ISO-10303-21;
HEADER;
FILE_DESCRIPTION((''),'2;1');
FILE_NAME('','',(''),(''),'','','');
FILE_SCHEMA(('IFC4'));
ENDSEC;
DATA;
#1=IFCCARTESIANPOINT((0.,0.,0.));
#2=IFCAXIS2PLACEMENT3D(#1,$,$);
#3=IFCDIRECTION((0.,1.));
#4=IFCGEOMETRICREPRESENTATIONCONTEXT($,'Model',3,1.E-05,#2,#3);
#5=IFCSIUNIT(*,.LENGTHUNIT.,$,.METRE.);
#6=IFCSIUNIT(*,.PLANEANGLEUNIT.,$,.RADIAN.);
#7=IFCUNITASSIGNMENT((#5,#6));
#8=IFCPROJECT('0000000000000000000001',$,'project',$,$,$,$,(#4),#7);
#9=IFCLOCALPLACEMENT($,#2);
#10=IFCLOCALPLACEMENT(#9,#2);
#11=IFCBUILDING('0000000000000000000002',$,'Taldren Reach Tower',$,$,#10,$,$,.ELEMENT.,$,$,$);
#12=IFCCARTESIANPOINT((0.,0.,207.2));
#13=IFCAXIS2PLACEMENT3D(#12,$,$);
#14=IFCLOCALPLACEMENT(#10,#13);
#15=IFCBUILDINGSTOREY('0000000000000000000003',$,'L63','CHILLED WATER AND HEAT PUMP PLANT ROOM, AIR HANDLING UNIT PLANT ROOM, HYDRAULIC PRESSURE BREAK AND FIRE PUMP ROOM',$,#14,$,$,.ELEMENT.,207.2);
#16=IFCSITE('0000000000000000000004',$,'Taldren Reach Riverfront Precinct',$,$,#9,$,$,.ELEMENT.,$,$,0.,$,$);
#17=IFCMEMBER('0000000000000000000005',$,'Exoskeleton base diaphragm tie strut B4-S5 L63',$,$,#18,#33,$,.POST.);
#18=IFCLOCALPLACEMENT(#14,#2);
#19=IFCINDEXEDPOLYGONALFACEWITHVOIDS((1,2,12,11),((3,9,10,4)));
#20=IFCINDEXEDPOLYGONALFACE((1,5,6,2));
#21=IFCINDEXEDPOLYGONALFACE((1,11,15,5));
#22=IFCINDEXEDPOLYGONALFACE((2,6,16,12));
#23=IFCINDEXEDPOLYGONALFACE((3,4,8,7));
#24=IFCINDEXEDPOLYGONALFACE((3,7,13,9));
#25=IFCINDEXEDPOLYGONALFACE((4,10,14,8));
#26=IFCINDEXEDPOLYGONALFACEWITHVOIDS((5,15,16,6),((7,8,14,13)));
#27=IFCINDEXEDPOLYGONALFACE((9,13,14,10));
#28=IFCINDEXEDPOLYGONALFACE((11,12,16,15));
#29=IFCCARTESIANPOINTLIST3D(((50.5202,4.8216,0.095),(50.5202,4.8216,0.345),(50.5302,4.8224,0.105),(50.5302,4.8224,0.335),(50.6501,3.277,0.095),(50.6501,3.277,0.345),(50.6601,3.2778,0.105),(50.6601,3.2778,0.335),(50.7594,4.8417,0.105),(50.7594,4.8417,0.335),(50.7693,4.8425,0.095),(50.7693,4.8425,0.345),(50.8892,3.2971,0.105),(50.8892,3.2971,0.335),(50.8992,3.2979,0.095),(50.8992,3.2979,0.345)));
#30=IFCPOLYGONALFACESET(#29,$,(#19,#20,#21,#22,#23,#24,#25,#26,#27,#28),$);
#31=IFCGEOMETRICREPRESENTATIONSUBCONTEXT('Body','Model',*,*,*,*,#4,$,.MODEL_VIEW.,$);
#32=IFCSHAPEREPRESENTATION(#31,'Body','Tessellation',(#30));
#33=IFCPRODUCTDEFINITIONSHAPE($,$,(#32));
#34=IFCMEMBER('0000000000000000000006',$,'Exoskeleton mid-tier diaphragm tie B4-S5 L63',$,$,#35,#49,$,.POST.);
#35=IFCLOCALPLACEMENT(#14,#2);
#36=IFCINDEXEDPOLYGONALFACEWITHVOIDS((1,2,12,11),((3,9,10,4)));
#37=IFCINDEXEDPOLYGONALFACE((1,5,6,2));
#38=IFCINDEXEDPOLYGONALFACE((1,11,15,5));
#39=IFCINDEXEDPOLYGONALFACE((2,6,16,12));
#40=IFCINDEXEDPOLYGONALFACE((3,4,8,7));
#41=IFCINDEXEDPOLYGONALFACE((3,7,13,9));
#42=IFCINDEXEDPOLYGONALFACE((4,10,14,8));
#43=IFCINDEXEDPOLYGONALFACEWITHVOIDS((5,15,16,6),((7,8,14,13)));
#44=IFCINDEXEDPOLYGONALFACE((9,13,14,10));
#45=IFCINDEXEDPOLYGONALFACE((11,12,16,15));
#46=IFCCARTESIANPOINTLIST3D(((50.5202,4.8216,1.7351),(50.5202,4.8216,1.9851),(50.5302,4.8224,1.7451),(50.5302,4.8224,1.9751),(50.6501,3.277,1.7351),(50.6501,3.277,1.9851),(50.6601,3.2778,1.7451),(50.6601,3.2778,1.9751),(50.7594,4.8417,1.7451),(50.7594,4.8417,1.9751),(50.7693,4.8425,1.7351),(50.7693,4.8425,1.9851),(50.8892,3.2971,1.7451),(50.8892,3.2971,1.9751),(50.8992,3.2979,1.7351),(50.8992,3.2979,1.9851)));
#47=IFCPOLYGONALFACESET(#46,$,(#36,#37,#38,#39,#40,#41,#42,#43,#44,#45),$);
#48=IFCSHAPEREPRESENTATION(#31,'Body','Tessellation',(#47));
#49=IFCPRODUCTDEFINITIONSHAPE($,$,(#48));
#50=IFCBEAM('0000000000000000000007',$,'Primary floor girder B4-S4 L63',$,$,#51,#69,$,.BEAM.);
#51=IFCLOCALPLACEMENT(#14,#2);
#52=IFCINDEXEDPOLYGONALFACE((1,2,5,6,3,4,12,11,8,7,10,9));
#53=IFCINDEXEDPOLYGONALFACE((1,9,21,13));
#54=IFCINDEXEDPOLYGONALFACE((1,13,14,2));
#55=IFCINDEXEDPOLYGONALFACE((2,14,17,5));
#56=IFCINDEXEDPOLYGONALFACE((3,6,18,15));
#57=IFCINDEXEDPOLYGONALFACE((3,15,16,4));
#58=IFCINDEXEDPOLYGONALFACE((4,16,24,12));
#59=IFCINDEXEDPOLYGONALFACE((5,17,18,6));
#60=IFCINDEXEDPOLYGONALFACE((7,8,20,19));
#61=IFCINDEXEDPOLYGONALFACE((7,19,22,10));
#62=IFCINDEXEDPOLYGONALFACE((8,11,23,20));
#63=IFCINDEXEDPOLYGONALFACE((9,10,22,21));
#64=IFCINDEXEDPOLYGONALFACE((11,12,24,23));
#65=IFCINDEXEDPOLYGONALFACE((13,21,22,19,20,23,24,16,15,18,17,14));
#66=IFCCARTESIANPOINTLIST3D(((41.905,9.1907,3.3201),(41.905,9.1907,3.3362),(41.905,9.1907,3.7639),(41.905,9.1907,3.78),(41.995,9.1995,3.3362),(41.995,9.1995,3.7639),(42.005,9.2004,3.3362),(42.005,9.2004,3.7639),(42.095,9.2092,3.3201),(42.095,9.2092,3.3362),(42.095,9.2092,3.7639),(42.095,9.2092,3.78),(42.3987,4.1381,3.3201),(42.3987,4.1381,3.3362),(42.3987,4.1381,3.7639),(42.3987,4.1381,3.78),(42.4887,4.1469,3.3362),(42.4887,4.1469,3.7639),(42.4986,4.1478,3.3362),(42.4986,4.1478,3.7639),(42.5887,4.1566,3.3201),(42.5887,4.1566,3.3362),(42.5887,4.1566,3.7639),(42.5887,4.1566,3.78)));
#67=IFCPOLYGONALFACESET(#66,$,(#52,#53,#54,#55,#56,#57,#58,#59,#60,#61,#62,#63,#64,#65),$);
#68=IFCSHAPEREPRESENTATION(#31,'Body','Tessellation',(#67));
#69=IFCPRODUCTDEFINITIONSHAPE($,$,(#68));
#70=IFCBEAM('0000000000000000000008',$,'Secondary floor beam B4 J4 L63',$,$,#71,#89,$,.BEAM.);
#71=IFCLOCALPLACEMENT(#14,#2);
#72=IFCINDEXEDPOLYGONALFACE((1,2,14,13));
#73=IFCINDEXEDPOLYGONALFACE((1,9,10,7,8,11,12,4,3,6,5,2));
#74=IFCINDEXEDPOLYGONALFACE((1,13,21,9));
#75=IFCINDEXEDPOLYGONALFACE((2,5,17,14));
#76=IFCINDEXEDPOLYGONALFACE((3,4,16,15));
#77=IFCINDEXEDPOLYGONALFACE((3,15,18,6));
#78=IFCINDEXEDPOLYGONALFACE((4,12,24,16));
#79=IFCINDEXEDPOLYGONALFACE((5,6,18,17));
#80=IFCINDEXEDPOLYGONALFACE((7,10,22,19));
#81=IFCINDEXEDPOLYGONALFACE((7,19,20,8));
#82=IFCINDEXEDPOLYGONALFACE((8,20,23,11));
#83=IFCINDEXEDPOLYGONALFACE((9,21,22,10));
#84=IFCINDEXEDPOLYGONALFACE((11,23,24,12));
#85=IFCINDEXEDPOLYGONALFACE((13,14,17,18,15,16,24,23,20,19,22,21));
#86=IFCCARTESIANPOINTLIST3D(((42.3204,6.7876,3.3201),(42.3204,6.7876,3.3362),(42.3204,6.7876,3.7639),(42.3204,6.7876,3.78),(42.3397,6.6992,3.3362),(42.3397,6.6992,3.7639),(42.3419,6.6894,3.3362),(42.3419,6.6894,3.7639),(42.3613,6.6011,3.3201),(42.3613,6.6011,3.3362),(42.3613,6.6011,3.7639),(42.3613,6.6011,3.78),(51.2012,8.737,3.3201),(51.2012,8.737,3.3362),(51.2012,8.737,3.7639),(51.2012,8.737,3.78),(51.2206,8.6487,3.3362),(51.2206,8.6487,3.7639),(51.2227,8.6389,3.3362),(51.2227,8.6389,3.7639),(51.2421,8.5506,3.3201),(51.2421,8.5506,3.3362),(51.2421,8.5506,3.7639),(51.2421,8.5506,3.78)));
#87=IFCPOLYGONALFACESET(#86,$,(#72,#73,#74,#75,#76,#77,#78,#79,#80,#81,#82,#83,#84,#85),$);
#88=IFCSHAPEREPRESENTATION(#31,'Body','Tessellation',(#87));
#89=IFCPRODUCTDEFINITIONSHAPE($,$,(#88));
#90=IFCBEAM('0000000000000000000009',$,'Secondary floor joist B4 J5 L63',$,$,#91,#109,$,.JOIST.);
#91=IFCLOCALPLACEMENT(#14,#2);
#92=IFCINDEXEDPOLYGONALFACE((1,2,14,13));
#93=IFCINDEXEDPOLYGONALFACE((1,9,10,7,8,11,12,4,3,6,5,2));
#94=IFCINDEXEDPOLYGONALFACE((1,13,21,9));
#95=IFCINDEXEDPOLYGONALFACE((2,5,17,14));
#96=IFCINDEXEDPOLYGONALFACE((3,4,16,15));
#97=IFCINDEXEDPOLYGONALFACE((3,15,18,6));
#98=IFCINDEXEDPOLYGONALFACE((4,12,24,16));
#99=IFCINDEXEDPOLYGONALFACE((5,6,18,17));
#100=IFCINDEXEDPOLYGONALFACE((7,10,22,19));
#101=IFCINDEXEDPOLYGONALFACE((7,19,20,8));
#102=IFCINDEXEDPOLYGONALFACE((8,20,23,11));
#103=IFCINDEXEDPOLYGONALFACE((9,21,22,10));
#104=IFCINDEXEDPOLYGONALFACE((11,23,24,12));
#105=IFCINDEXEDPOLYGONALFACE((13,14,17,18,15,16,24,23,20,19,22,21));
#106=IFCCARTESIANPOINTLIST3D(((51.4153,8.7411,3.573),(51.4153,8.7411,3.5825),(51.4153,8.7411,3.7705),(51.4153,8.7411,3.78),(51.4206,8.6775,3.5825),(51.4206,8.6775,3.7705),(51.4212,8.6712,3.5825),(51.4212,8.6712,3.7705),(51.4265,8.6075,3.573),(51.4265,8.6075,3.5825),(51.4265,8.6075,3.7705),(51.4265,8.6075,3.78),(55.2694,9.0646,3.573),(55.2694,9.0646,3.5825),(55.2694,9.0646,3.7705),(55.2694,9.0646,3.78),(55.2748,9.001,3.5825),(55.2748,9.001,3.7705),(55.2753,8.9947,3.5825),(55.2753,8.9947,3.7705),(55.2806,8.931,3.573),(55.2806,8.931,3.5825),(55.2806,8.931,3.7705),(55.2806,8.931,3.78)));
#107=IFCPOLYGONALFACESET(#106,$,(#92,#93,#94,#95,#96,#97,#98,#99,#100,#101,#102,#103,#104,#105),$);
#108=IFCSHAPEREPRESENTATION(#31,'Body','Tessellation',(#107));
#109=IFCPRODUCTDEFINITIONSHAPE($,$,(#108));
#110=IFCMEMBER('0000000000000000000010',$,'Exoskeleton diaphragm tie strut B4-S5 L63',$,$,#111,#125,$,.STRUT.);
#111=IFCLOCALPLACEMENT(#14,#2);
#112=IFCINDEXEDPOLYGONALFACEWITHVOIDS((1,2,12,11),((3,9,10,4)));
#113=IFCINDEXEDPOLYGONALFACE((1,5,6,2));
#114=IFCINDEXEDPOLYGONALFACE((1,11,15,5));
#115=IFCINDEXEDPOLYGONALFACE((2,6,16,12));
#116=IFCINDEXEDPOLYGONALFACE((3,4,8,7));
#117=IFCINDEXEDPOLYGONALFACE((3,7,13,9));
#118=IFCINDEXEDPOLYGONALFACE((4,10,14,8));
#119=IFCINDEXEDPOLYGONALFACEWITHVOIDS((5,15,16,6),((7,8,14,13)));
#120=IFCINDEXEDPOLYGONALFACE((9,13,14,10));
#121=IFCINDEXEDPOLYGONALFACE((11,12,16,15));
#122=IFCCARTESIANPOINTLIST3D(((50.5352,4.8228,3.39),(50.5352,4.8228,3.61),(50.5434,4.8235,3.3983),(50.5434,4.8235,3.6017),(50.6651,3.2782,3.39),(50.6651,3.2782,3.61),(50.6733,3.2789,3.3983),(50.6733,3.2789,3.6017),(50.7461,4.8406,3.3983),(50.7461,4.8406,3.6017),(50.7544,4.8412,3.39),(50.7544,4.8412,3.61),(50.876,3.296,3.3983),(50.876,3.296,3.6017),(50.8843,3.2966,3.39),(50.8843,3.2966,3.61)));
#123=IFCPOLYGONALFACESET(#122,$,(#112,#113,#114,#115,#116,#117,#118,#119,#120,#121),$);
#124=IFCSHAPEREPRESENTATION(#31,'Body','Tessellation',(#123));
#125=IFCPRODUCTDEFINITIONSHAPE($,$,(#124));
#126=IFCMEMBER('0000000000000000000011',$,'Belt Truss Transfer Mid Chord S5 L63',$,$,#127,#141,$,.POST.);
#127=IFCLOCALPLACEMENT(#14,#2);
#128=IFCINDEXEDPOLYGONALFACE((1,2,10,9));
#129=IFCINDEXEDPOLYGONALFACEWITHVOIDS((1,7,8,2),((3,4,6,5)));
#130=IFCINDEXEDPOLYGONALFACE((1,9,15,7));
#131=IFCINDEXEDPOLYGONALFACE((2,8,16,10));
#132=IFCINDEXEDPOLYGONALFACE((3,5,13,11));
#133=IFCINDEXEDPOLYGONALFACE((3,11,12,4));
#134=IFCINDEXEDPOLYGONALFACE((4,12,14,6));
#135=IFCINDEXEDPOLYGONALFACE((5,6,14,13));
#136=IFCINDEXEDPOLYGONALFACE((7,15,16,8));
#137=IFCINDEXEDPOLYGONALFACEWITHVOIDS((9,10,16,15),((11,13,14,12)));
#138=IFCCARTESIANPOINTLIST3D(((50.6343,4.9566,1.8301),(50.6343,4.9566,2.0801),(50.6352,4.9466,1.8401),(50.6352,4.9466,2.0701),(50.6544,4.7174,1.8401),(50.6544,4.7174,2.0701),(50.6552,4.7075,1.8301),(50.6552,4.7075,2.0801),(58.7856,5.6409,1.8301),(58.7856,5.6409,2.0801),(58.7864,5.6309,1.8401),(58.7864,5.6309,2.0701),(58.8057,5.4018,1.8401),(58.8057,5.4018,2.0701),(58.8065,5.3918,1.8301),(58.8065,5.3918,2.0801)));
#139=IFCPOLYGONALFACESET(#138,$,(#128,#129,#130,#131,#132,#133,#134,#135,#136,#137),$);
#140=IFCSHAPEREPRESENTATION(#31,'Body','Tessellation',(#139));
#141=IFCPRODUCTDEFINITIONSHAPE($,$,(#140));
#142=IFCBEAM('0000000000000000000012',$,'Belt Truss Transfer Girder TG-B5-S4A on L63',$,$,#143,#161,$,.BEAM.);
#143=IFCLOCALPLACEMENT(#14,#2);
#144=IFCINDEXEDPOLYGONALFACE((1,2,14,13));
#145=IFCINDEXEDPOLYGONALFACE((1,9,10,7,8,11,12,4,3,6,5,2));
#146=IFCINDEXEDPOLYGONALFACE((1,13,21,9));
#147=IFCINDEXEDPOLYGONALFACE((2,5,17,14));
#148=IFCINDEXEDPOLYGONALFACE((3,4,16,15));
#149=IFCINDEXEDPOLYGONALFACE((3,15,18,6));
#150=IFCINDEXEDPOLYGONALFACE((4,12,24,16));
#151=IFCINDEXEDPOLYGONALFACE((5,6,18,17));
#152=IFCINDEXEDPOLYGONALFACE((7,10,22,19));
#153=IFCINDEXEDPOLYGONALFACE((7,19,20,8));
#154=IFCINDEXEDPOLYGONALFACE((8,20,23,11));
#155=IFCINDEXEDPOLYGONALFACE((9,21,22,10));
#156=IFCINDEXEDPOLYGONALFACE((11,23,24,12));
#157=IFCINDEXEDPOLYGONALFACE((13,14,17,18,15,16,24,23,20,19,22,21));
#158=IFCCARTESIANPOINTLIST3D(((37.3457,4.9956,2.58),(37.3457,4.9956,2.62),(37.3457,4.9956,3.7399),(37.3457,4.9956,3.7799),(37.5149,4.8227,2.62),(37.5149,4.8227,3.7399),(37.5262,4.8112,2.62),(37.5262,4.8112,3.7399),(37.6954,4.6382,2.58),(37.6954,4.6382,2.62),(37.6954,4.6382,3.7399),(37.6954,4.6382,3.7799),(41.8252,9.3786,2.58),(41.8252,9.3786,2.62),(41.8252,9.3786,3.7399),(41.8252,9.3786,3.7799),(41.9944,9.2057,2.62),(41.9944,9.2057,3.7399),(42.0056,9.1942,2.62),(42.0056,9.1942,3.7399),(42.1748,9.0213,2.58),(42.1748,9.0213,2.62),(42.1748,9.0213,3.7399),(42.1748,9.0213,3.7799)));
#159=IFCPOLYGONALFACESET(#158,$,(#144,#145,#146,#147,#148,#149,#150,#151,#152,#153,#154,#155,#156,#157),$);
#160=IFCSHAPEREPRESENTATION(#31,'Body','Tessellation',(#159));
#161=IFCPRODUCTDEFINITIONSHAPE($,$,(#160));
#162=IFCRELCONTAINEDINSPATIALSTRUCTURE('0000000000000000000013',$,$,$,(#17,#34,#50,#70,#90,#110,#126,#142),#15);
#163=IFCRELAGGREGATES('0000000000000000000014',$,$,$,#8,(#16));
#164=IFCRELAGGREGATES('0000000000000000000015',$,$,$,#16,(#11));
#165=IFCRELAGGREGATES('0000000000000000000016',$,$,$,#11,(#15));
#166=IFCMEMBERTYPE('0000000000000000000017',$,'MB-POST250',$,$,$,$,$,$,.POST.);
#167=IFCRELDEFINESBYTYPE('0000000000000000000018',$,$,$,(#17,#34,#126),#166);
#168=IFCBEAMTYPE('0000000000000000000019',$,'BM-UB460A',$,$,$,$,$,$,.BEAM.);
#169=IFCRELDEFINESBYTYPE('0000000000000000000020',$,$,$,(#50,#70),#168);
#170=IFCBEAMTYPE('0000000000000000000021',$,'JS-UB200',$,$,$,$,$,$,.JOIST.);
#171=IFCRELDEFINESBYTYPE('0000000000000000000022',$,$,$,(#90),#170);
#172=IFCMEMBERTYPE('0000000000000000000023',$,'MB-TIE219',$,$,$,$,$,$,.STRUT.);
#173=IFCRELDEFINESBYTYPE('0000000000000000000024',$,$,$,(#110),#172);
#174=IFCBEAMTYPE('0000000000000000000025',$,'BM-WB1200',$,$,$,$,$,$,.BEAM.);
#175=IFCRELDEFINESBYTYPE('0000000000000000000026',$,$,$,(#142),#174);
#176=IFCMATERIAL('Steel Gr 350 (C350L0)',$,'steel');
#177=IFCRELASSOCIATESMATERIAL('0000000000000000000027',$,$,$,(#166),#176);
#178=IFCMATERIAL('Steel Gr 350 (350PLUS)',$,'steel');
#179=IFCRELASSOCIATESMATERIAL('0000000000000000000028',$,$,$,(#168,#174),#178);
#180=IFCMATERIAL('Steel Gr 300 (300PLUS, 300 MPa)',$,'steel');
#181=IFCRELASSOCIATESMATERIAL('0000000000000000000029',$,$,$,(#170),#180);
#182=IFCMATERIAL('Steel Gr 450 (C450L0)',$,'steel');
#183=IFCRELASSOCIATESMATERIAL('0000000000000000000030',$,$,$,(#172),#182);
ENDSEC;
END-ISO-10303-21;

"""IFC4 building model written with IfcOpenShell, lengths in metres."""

from ifc_helpers import new_model, si_unit, direction, frame, origin, origin_2d, place, context, subcontext, project, spatial, hollow_rectangle, i_section, extrude, source, transform, mapped, material, material_profile, profile_set, type_object, element, save


model = new_model("IFC4")

# Units and contexts
model_context = context("Model", 3, precision=1e-05, world=origin(), true_north=direction((0.0, 1.0)))
body_context = subcontext(model_context, "Body", "Model", "MODEL_VIEW")
ifc_project = project(units=[si_unit("LENGTHUNIT", "METRE"), si_unit("PLANEANGLEUNIT", "RADIAN")], contexts=[model_context])

# Site, building, storey
site_placement = place(None, origin())
site = spatial("IfcSite", under=ifc_project, at=site_placement, Name="Taldren Reach Riverfront Precinct", CompositionType="ELEMENT", RefElevation=0.0)
building_placement = place(site_placement, origin())
building = spatial("IfcBuilding", under=site, at=building_placement, Name="Taldren Reach Tower", CompositionType="ELEMENT")
storey_placement = place(building_placement, frame((0.0, 0.0, 207.2)))
storey = spatial("IfcBuildingStorey", under=building, at=storey_placement, Name="L63", Description="CHILLED WATER AND HEAT PUMP PLANT ROOM, AIR HANDLING UNIT PLANT ROOM, HYDRAULIC PRESSURE BREAK AND FIRE PUMP ROOM", CompositionType="ELEMENT", Elevation=207.2)

# Shared definitions
ifc_material_1 = material(Name="Steel Gr 350 (350PLUS)", Category="steel")

# Members
ifc_material_2 = material(Name="Steel Gr 350 (C350L0)", Category="steel")
ifc_material_profile_1 = material_profile(ifc_material_2, hollow_rectangle(XDim=0.25, YDim=0.25, WallThickness=0.01, at=origin_2d()), Name="250x250x10.0SHS")
ifc_profile_set_1 = profile_set([ifc_material_profile_1], Name="Steel Gr 350 (C350L0)")
member_type_1 = type_object("IfcMemberType", Name="MB-POST250", PredefinedType="POST", material=ifc_profile_set_1)
ifc_material_3 = material(Name="Steel Gr 450 (C450L0)", Category="steel")
shared_shape_1 = source(origin(), body_context, "Body", "SweptSolid", [
    extrude(hollow_rectangle(XDim=0.25, YDim=0.25, WallThickness=0.01, at=origin_2d()), origin(), (0.0, 0.0, 1.0), 1.55),
])
for number, where, z_axis, x_axis, name in (
    (1, (50.6448, 4.832, 0.22), (0.083788, -0.996484, 0.0), (0.996484, 0.083788, 0.0), "Exoskeleton base diaphragm tie strut B4-S5 L63"),
    (2, (50.6448, 4.832, 1.8601), (0.083788, -0.996484, 0.0), (0.996484, 0.083788, 0.0), "Exoskeleton mid-tier diaphragm tie B4-S5 L63"),
):
    element("IfcMember", number, at=place(storey_placement, frame(where, z_axis=z_axis, x_axis=x_axis)), inside=storey, type_object=member_type_1, Name=name, PredefinedType="POST", context=body_context, shape_type="MappedRepresentation", body=[
        mapped(shared_shape_1, transform((0.0, 0.0, 0.0), scale=1.0)),
    ])

# Beams
ifc_material_profile_2 = material_profile(ifc_material_1, i_section(OverallWidth=0.1909, OverallDepth=0.46, WebThickness=0.01, FlangeThickness=0.0161, at=origin_2d()), Name="460UB82.1")
ifc_profile_set_2 = profile_set([ifc_material_profile_2], Name="Steel Gr 350 (350PLUS)")
beam_type_1 = type_object("IfcBeamType", Name="BM-UB460A", PredefinedType="BEAM", material=ifc_profile_set_2)
shared_shape_2 = source(origin(), body_context, "Body", "SweptSolid", [
    extrude(i_section(OverallWidth=0.1909, OverallDepth=0.46, WebThickness=0.01, FlangeThickness=0.0161, at=origin_2d()), origin(), (0.0, 0.0, 1.0), 5.0767),
])
beam_1_placement = place(storey_placement, frame((42.0, 9.2, 3.55), z_axis=(0.097242, -0.995261, 0.0), x_axis=(0.995261, 0.097242, 0.0)))
element("IfcBeam", 3, at=beam_1_placement, inside=storey, type_object=beam_type_1, Name="Primary floor girder B4-S4 L63", PredefinedType="BEAM", context=body_context, shape_type="MappedRepresentation", body=[
    mapped(shared_shape_2, transform((0.0, 0.0, 0.0), scale=1.0)),
])
shared_shape_3 = source(origin(), body_context, "Body", "SweptSolid", [
    extrude(i_section(OverallWidth=0.1909, OverallDepth=0.46, WebThickness=0.01, FlangeThickness=0.0161, at=origin_2d()), origin(), (0.0, 0.0, 1.0), 9.0923),
])
beam_2_placement = place(storey_placement, frame((42.3408, 6.6943, 3.55), z_axis=(0.976744, 0.214408, 0.0), x_axis=(-0.214408, 0.976744, 0.0)))
element("IfcBeam", 4, at=beam_2_placement, inside=storey, type_object=beam_type_1, Name="Secondary floor beam B4 J4 L63", PredefinedType="BEAM", context=body_context, shape_type="MappedRepresentation", body=[
    mapped(shared_shape_3, transform((0.0, 0.0, 0.0), scale=1.0)),
])
ifc_material_4 = material(Name="Steel Gr 300 (300PLUS, 300 MPa)", Category="steel")
ifc_material_profile_3 = material_profile(ifc_material_4, i_section(OverallWidth=0.134, OverallDepth=0.207, WebThickness=0.0063, FlangeThickness=0.0095, at=origin_2d()), Name="200UB29.8")
ifc_profile_set_3 = profile_set([ifc_material_profile_3], Name="Steel Gr 300 (300PLUS, 300 MPa)")
beam_type_2 = type_object("IfcBeamType", Name="JS-UB200", PredefinedType="JOIST", material=ifc_profile_set_3)
shared_shape_4 = source(origin(), body_context, "Body", "SweptSolid", [
    extrude(i_section(OverallWidth=0.134, OverallDepth=0.207, WebThickness=0.0063, FlangeThickness=0.0095, at=origin_2d()), origin(), (0.0, 0.0, 1.0), 3.8677),
])
beam_3_placement = place(storey_placement, frame((51.4209, 8.6743, 3.6765), z_axis=(0.996496, 0.083641, 0.0), x_axis=(-0.083641, 0.996496, 0.0)))
element("IfcBeam", 5, at=beam_3_placement, inside=storey, type_object=beam_type_2, Name="Secondary floor joist B4 J5 L63", PredefinedType="JOIST", context=body_context, shape_type="MappedRepresentation", body=[
    mapped(shared_shape_4, transform((0.0, 0.0, 0.0), scale=1.0)),
])

# Members
ifc_material_profile_4 = material_profile(ifc_material_3, hollow_rectangle(XDim=0.22, YDim=0.22, WallThickness=0.0083, at=origin_2d()), Name="220x220x8.2SHS")
ifc_profile_set_4 = profile_set([ifc_material_profile_4], Name="Steel Gr 450 (C450L0)")
member_type_2 = type_object("IfcMemberType", Name="MB-TIE219", PredefinedType="STRUT", material=ifc_profile_set_4)
shared_shape_5 = source(origin(), body_context, "Body", "SweptSolid", [
    extrude(hollow_rectangle(XDim=0.22, YDim=0.22, WallThickness=0.0083, at=origin_2d()), origin(), (0.0, 0.0, 1.0), 1.55),
])
member_1_placement = place(storey_placement, frame((50.6448, 4.832, 3.5), z_axis=(0.083788, -0.996484, 0.0), x_axis=(0.996484, 0.083788, 0.0)))
element("IfcMember", 6, at=member_1_placement, inside=storey, type_object=member_type_2, Name="Exoskeleton diaphragm tie strut B4-S5 L63", PredefinedType="STRUT", context=body_context, shape_type="MappedRepresentation", body=[
    mapped(shared_shape_5, transform((0.0, 0.0, 0.0), scale=1.0)),
])
shared_shape_6 = source(origin(), body_context, "Body", "SweptSolid", [
    extrude(hollow_rectangle(XDim=0.25, YDim=0.25, WallThickness=0.01, at=origin_2d()), origin(), (0.0, 0.0, 1.0), 8.1799),
])
member_2_placement = place(storey_placement, frame((50.6448, 4.832, 1.9551), z_axis=(0.996495, 0.083658, 0.0), x_axis=(-0.083658, 0.996495, 0.0)))
element("IfcMember", 7, at=member_2_placement, inside=storey, type_object=member_type_1, Name="Belt Truss Transfer Mid Chord S5 L63", PredefinedType="POST", context=body_context, shape_type="MappedRepresentation", body=[
    mapped(shared_shape_6, transform((0.0, 0.0, 0.0), scale=1.0)),
])

# Beam
ifc_material_profile_5 = material_profile(ifc_material_1, i_section(OverallWidth=0.5, OverallDepth=1.2, WebThickness=0.0161, FlangeThickness=0.04, at=origin_2d()), Name="1200WB455")
ifc_profile_set_5 = profile_set([ifc_material_profile_5], Name="Steel Gr 350 (350PLUS)")
beam_type_3 = type_object("IfcBeamType", Name="BM-WB1200", PredefinedType="BEAM", material=ifc_profile_set_5)
shared_shape_7 = source(origin(), body_context, "Body", "SweptSolid", [
    extrude(i_section(OverallWidth=0.5, OverallDepth=1.2, WebThickness=0.0161, FlangeThickness=0.04, at=origin_2d()), origin(), (0.0, 0.0, 1.0), 6.2671),
])
beam_4_placement = place(storey_placement, frame((42.0, 9.2, 3.1799), z_axis=(-0.714759, -0.699371, 0.0), x_axis=(0.699371, -0.714759, 0.0)))
element("IfcBeam", 8, at=beam_4_placement, inside=storey, type_object=beam_type_3, Name="Belt Truss Transfer Girder TG-B5-S4A on L63", PredefinedType="BEAM", context=body_context, shape_type="MappedRepresentation", body=[
    mapped(shared_shape_7, transform((0.0, 0.0, 0.0), scale=1.0)),
])

save(model, "model.ifc")
